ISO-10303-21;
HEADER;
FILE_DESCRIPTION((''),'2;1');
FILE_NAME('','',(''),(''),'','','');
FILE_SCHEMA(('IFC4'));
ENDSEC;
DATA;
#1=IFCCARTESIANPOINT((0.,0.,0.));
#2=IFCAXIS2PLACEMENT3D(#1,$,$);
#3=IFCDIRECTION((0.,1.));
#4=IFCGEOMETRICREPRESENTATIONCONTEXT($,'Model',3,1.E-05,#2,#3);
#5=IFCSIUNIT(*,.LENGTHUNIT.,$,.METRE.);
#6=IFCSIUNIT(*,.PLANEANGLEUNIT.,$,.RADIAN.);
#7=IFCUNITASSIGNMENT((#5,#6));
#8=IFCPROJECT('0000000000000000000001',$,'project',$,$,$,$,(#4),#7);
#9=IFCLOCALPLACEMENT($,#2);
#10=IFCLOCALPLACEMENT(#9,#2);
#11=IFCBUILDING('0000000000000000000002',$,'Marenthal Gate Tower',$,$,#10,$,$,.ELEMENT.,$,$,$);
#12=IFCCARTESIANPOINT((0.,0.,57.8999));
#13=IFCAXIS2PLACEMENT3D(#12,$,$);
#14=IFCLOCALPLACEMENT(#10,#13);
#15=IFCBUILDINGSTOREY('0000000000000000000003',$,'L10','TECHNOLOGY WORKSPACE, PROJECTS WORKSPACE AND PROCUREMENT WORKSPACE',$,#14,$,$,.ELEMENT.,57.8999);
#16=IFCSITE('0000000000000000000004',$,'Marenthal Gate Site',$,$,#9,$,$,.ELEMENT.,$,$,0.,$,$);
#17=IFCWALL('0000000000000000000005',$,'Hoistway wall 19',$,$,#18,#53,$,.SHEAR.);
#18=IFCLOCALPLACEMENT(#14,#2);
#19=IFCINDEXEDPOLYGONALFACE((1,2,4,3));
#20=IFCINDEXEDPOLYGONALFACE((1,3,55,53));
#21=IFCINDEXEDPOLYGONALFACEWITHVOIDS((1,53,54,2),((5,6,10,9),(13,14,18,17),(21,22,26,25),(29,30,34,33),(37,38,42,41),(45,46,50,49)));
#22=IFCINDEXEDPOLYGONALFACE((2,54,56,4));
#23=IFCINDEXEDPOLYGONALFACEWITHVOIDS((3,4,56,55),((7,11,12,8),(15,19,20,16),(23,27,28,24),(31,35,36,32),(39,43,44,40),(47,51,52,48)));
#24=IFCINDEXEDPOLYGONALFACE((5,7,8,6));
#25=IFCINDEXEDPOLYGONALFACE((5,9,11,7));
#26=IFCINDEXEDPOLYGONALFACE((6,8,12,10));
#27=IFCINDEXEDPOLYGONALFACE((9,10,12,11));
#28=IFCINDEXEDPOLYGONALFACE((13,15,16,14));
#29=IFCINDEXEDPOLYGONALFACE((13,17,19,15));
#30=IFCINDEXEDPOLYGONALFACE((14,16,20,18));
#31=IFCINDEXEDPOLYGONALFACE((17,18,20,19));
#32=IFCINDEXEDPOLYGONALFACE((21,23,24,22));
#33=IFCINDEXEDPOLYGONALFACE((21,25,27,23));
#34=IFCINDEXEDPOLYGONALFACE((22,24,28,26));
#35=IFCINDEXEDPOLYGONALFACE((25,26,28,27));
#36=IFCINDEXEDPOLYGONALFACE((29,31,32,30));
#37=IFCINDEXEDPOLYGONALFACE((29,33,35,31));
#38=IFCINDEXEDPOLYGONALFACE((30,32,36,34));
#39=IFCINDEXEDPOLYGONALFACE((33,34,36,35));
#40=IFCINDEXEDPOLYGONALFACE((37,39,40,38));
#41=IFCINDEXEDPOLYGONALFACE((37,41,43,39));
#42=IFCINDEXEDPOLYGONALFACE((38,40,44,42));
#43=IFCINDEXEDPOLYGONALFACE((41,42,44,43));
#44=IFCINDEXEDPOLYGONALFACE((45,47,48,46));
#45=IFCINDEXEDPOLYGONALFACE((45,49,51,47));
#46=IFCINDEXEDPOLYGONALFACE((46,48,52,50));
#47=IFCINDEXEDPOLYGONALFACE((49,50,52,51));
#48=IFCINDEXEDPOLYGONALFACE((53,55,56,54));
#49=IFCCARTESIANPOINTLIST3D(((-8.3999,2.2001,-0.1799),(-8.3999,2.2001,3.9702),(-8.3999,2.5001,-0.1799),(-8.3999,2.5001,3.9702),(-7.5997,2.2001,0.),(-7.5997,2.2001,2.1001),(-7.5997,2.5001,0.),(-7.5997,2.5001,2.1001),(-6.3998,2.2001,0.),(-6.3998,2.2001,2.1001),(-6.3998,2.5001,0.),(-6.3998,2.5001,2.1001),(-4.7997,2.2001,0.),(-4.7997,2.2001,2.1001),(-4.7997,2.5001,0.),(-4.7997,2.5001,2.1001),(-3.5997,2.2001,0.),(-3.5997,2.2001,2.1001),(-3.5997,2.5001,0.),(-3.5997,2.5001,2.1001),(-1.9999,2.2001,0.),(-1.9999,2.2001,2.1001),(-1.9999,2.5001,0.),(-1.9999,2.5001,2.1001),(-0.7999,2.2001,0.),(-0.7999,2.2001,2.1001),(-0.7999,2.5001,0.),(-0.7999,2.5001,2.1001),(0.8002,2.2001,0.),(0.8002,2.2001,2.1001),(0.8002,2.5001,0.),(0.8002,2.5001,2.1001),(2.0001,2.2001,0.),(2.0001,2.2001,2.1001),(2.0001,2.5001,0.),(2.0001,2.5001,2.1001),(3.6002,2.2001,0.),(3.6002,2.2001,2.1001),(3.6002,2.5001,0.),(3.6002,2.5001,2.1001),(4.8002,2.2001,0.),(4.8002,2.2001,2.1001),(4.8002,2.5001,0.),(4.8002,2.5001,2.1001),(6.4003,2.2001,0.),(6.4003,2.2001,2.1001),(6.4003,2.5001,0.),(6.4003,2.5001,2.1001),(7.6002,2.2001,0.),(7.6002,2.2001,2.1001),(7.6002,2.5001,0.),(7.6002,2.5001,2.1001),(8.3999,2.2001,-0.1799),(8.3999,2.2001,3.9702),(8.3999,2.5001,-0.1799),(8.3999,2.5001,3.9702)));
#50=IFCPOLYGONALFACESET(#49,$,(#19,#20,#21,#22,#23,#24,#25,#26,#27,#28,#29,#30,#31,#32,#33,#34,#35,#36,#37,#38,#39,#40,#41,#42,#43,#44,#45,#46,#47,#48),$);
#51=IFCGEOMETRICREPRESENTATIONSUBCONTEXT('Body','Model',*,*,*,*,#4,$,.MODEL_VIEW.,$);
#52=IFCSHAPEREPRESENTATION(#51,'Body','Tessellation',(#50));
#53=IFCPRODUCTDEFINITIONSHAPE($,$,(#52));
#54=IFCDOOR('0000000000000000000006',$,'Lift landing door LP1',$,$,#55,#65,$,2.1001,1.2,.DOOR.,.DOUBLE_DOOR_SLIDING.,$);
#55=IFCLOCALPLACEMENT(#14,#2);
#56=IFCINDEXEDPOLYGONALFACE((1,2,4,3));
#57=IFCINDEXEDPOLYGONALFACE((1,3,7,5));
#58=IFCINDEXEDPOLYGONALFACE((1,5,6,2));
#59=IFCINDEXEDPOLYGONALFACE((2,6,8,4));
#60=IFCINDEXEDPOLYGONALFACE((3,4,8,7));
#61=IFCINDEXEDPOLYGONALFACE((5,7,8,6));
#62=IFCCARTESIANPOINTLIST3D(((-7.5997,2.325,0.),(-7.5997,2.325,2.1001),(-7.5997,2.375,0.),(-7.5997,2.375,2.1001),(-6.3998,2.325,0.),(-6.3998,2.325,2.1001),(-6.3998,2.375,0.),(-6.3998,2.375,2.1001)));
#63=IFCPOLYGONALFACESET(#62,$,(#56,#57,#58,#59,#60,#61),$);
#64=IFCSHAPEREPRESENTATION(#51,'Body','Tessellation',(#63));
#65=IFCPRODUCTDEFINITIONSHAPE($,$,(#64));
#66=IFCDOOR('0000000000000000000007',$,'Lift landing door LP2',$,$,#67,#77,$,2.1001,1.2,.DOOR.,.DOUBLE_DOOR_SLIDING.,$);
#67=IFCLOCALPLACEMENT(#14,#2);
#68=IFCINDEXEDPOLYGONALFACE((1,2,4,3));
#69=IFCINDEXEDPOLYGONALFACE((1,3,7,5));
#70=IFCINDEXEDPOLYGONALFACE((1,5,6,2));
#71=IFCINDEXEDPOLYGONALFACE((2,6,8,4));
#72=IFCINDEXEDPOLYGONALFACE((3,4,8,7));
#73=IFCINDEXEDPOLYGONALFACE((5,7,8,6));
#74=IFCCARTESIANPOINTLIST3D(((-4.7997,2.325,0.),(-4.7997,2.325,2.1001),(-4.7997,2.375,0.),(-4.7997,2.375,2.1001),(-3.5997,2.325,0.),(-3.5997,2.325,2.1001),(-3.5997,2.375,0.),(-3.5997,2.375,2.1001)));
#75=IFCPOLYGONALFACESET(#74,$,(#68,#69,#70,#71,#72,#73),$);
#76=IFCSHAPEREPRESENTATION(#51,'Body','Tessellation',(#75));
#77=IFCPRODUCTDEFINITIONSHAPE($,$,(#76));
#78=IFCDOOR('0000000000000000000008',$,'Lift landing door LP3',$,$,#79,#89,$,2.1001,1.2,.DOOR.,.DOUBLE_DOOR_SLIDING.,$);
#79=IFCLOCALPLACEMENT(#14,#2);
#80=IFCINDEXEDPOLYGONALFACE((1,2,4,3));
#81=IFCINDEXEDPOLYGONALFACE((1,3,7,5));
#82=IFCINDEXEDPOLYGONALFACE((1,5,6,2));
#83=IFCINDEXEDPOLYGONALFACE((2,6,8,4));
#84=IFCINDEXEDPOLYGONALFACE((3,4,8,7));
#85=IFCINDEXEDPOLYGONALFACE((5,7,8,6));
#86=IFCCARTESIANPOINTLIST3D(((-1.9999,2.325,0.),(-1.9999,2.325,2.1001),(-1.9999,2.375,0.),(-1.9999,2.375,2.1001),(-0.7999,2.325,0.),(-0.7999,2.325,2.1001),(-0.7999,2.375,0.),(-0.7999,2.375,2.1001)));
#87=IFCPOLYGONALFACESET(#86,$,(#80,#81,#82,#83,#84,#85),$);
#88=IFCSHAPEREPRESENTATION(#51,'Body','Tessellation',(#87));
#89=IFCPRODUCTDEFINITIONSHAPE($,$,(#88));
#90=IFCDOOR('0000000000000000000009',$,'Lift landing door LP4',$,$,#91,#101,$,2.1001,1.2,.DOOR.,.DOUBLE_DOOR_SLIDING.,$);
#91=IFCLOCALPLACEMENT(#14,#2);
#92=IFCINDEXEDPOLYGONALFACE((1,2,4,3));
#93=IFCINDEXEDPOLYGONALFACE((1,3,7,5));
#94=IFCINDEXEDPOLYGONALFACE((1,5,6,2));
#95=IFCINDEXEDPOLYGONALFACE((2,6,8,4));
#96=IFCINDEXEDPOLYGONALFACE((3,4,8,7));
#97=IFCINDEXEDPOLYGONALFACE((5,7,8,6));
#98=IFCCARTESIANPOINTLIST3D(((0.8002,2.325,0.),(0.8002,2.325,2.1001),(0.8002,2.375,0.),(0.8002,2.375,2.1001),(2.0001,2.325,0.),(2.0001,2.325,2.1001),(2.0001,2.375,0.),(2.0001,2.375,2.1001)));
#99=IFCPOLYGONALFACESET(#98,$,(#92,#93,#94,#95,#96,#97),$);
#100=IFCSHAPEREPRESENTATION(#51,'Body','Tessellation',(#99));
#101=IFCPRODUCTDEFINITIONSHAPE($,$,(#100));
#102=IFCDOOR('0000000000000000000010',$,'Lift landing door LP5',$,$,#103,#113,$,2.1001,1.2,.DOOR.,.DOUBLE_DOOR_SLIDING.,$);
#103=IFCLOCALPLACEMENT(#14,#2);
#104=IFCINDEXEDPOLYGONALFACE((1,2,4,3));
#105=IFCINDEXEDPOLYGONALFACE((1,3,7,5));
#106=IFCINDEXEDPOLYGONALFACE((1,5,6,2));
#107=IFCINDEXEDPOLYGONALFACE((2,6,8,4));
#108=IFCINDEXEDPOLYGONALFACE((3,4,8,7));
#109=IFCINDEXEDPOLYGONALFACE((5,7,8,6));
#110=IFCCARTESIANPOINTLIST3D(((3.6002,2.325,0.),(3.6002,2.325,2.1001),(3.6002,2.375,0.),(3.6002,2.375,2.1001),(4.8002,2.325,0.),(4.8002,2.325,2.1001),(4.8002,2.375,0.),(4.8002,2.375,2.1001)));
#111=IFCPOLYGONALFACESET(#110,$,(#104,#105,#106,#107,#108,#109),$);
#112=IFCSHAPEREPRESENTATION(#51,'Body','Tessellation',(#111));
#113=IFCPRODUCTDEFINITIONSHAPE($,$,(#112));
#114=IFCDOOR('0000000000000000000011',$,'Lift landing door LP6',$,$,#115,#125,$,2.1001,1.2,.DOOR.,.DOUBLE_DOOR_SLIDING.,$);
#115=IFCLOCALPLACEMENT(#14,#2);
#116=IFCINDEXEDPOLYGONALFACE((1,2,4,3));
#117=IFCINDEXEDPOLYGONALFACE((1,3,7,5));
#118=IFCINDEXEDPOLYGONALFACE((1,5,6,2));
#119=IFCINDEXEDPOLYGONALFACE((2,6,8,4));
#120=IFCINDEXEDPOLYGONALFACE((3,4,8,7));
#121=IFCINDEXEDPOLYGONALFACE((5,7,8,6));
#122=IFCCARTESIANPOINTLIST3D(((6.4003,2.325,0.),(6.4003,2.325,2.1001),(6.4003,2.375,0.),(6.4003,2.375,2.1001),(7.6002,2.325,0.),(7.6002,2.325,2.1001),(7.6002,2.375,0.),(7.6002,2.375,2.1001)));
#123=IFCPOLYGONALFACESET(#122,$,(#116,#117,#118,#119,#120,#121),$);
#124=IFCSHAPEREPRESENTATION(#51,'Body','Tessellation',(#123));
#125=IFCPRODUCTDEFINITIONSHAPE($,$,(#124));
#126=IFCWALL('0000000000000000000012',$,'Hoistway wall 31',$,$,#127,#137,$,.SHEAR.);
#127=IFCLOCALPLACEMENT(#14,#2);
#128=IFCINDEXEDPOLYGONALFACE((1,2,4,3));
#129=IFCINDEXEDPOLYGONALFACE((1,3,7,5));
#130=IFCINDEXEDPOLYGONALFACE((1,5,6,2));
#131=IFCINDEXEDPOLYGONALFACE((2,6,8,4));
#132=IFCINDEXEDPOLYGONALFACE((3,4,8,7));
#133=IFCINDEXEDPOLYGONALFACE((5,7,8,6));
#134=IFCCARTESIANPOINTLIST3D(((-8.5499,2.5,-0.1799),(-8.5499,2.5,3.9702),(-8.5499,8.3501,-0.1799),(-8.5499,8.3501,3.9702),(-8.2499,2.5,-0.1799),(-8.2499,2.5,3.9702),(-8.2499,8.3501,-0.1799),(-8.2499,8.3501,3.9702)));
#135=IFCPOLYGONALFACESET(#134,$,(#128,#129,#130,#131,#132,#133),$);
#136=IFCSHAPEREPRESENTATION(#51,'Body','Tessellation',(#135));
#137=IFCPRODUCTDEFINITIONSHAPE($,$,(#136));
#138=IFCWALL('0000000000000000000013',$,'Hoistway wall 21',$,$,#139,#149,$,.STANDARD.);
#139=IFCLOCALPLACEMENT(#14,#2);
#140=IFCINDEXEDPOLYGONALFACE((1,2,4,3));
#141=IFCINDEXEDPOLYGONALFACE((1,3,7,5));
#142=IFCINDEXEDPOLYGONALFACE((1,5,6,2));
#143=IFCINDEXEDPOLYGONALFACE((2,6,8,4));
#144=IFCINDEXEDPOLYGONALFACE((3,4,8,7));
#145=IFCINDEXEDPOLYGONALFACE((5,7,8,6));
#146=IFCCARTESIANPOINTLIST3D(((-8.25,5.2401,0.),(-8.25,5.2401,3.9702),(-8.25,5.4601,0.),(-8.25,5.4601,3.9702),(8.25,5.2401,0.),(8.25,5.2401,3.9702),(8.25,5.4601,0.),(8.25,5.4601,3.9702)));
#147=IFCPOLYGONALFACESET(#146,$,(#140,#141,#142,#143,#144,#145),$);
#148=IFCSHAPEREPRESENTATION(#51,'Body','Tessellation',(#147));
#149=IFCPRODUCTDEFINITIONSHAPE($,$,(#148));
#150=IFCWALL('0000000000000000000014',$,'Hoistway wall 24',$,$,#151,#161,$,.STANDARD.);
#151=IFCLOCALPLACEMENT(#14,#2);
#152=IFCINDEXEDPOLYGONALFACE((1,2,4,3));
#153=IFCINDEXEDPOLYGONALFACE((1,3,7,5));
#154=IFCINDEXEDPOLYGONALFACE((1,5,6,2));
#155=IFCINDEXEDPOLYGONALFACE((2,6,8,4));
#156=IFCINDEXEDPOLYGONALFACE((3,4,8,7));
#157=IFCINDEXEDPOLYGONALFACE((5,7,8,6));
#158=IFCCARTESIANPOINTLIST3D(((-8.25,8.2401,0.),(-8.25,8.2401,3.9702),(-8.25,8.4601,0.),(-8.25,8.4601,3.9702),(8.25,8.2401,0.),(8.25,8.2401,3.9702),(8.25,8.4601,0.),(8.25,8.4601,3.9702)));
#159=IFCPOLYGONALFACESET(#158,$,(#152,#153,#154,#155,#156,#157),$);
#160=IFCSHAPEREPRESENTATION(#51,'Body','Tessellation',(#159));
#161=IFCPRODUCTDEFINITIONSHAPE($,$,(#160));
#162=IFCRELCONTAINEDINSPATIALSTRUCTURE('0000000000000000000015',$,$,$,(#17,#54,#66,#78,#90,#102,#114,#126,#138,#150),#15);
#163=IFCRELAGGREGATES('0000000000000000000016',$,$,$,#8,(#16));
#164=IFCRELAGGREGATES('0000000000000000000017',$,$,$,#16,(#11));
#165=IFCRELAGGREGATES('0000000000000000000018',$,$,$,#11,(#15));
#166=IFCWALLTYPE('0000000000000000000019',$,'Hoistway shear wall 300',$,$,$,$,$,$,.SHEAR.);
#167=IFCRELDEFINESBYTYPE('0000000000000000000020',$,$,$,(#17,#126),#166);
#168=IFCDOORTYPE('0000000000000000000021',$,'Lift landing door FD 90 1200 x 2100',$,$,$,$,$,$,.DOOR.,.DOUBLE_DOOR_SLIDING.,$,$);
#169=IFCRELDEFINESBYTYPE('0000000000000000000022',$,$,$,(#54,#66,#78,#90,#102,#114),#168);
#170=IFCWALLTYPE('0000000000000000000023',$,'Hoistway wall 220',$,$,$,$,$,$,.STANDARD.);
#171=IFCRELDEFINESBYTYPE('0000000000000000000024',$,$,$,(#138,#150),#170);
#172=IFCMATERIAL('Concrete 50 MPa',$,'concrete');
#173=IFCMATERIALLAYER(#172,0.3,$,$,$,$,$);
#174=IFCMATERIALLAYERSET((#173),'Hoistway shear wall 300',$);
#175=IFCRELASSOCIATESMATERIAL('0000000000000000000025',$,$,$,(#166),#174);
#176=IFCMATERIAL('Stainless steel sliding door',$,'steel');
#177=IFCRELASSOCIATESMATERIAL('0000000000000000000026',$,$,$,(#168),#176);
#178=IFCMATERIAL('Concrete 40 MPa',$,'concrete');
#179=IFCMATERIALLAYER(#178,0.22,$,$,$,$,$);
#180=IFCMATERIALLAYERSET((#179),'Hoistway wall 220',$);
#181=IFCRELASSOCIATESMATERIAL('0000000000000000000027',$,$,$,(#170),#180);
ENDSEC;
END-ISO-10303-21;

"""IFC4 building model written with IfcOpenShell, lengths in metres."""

from ifc_helpers import new_model, si_unit, direction, frame, frame_2d, origin, place, context, subcontext, project, spatial, rectangle, extrude, material, layer, layer_set, type_object, element, fill, save


model = new_model("IFC4")

# Units and contexts
model_context = context("Model", 3, precision=1e-05, world=origin(), true_north=direction((0.0, 1.0)))
body_context = subcontext(model_context, "Body", "Model", "MODEL_VIEW")
ifc_project = project(units=[si_unit("LENGTHUNIT", "METRE"), si_unit("PLANEANGLEUNIT", "RADIAN")], contexts=[model_context])

# Site, building, storey
site_placement = place(None, origin())
site = spatial("IfcSite", under=ifc_project, at=site_placement, Name="Marenthal Gate Site", CompositionType="ELEMENT", RefElevation=0.0)
building_placement = place(site_placement, origin())
building = spatial("IfcBuilding", under=site, at=building_placement, Name="Marenthal Gate Tower", CompositionType="ELEMENT")
storey_placement = place(building_placement, frame((0.0, 0.0, 57.8999)))
storey = spatial("IfcBuildingStorey", under=building, at=storey_placement, Name="L10", Description="TECHNOLOGY WORKSPACE, PROJECTS WORKSPACE AND PROCUREMENT WORKSPACE", CompositionType="ELEMENT", Elevation=57.8999)

# Wall, openings, doors
ifc_material_1 = material(Name="Concrete 50 MPa", Category="concrete")
ifc_layer_1 = layer(ifc_material_1, 0.3)
ifc_layer_set_1 = layer_set([ifc_layer_1], Name="Hoistway shear wall 300")
wall_type_1 = type_object("IfcWallType", Name="Hoistway shear wall 300", PredefinedType="SHEAR", material=ifc_layer_set_1)
wall_1_placement = place(storey_placement, frame((-8.3999, 2.3501, -0.1799), z_axis=(0.0, 0.0, 1.0), x_axis=(1.0, 0.0, 0.0)))
wall_1 = element("IfcWall", 1, at=wall_1_placement, inside=storey, type_object=wall_type_1, Name="Hoistway wall 19", PredefinedType="SHEAR", context=body_context, shape_type="SweptSolid", body=[
    extrude(rectangle(XDim=16.7998, YDim=0.3, at=frame_2d((8.3999, 0.0))), origin(), (0.0, 0.0, 1.0), 4.1501),
])
opening_1_placement = place(wall_1_placement, frame((0.8, 0.0, 0.1799)))
opening_1 = element("IfcOpeningElement", 2, at=opening_1_placement, cuts=wall_1, PredefinedType="OPENING", context=body_context, shape_type="SweptSolid", body=[
    extrude(rectangle(XDim=1.2, YDim=2.1001, at=frame_2d((0.6001, 1.05))), frame((0.0, 0.1602, 0.0), z_axis=(0.0, -1.0, 0.0), x_axis=(1.0, 0.0, 0.0)), (0.0, 0.0, 1.0), 0.3201),
])
opening_2_placement = place(wall_1_placement, frame((3.6001, 0.0, 0.1799)))
opening_2 = element("IfcOpeningElement", 3, at=opening_2_placement, cuts=wall_1, PredefinedType="OPENING", context=body_context, shape_type="SweptSolid", body=[
    extrude(rectangle(XDim=1.2, YDim=2.1001, at=frame_2d((0.6001, 1.05))), frame((0.0, 0.1602, 0.0), z_axis=(0.0, -1.0, 0.0), x_axis=(1.0, 0.0, 0.0)), (0.0, 0.0, 1.0), 0.3201),
])
opening_3_placement = place(wall_1_placement, frame((6.3999, 0.0, 0.1799)))
opening_3 = element("IfcOpeningElement", 4, at=opening_3_placement, cuts=wall_1, PredefinedType="OPENING", context=body_context, shape_type="SweptSolid", body=[
    extrude(rectangle(XDim=1.2, YDim=2.1001, at=frame_2d((0.6001, 1.05))), frame((0.0, 0.1602, 0.0), z_axis=(0.0, -1.0, 0.0), x_axis=(1.0, 0.0, 0.0)), (0.0, 0.0, 1.0), 0.3201),
])
opening_4_placement = place(wall_1_placement, frame((9.2, 0.0, 0.1799)))
opening_4 = element("IfcOpeningElement", 5, at=opening_4_placement, cuts=wall_1, PredefinedType="OPENING", context=body_context, shape_type="SweptSolid", body=[
    extrude(rectangle(XDim=1.2, YDim=2.1001, at=frame_2d((0.6001, 1.05))), frame((0.0, 0.1602, 0.0), z_axis=(0.0, -1.0, 0.0), x_axis=(1.0, 0.0, 0.0)), (0.0, 0.0, 1.0), 0.3201),
])
opening_5_placement = place(wall_1_placement, frame((12.0, 0.0, 0.1799)))
opening_5 = element("IfcOpeningElement", 6, at=opening_5_placement, cuts=wall_1, PredefinedType="OPENING", context=body_context, shape_type="SweptSolid", body=[
    extrude(rectangle(XDim=1.2, YDim=2.1001, at=frame_2d((0.6001, 1.05))), frame((0.0, 0.1602, 0.0), z_axis=(0.0, -1.0, 0.0), x_axis=(1.0, 0.0, 0.0)), (0.0, 0.0, 1.0), 0.3201),
])
opening_6_placement = place(wall_1_placement, frame((14.8, 0.0, 0.1799)))
opening_6 = element("IfcOpeningElement", 7, at=opening_6_placement, cuts=wall_1, PredefinedType="OPENING", context=body_context, shape_type="SweptSolid", body=[
    extrude(rectangle(XDim=1.2, YDim=2.1001, at=frame_2d((0.6001, 1.05))), frame((0.0, 0.1602, 0.0), z_axis=(0.0, -1.0, 0.0), x_axis=(1.0, 0.0, 0.0)), (0.0, 0.0, 1.0), 0.3201),
])
ifc_material_2 = material(Name="Stainless steel sliding door", Category="steel")
door_type_1 = type_object("IfcDoorType", Name="Lift landing door FD 90 1200 x 2100", OperationType="DOUBLE_DOOR_SLIDING", PredefinedType="DOOR", material=ifc_material_2)
door_1_placement = place(opening_1_placement, origin())
door_1 = element("IfcDoor", 8, at=door_1_placement, inside=storey, type_object=door_type_1, Name="Lift landing door LP1", OperationType="DOUBLE_DOOR_SLIDING", OverallHeight=2.1001, OverallWidth=1.2, PredefinedType="DOOR", context=body_context, shape_type="SweptSolid", body=[
    extrude(rectangle(XDim=1.2, YDim=2.1001, at=frame_2d((0.6001, 1.05))), frame((0.0, 0.0249, 0.0), z_axis=(0.0, -1.0, 0.0), x_axis=(1.0, 0.0, 0.0)), (0.0, 0.0, 1.0), 0.05),
])
fill(opening_1, door_1)
door_2_placement = place(opening_2_placement, origin())
door_2 = element("IfcDoor", 9, at=door_2_placement, inside=storey, type_object=door_type_1, Name="Lift landing door LP2", OperationType="DOUBLE_DOOR_SLIDING", OverallHeight=2.1001, OverallWidth=1.2, PredefinedType="DOOR", context=body_context, shape_type="SweptSolid", body=[
    extrude(rectangle(XDim=1.2, YDim=2.1001, at=frame_2d((0.6001, 1.05))), frame((0.0, 0.0249, 0.0), z_axis=(0.0, -1.0, 0.0), x_axis=(1.0, 0.0, 0.0)), (0.0, 0.0, 1.0), 0.05),
])
fill(opening_2, door_2)
door_3_placement = place(opening_3_placement, origin())
door_3 = element("IfcDoor", 10, at=door_3_placement, inside=storey, type_object=door_type_1, Name="Lift landing door LP3", OperationType="DOUBLE_DOOR_SLIDING", OverallHeight=2.1001, OverallWidth=1.2, PredefinedType="DOOR", context=body_context, shape_type="SweptSolid", body=[
    extrude(rectangle(XDim=1.2, YDim=2.1001, at=frame_2d((0.6001, 1.05))), frame((0.0, 0.0249, 0.0), z_axis=(0.0, -1.0, 0.0), x_axis=(1.0, 0.0, 0.0)), (0.0, 0.0, 1.0), 0.05),
])
fill(opening_3, door_3)
door_4_placement = place(opening_4_placement, origin())
door_4 = element("IfcDoor", 11, at=door_4_placement, inside=storey, type_object=door_type_1, Name="Lift landing door LP4", OperationType="DOUBLE_DOOR_SLIDING", OverallHeight=2.1001, OverallWidth=1.2, PredefinedType="DOOR", context=body_context, shape_type="SweptSolid", body=[
    extrude(rectangle(XDim=1.2, YDim=2.1001, at=frame_2d((0.6001, 1.05))), frame((0.0, 0.0249, 0.0), z_axis=(0.0, -1.0, 0.0), x_axis=(1.0, 0.0, 0.0)), (0.0, 0.0, 1.0), 0.05),
])
fill(opening_4, door_4)
door_5_placement = place(opening_5_placement, origin())
door_5 = element("IfcDoor", 12, at=door_5_placement, inside=storey, type_object=door_type_1, Name="Lift landing door LP5", OperationType="DOUBLE_DOOR_SLIDING", OverallHeight=2.1001, OverallWidth=1.2, PredefinedType="DOOR", context=body_context, shape_type="SweptSolid", body=[
    extrude(rectangle(XDim=1.2, YDim=2.1001, at=frame_2d((0.6001, 1.05))), frame((0.0, 0.0249, 0.0), z_axis=(0.0, -1.0, 0.0), x_axis=(1.0, 0.0, 0.0)), (0.0, 0.0, 1.0), 0.05),
])
fill(opening_5, door_5)
door_6_placement = place(opening_6_placement, origin())
door_6 = element("IfcDoor", 13, at=door_6_placement, inside=storey, type_object=door_type_1, Name="Lift landing door LP6", OperationType="DOUBLE_DOOR_SLIDING", OverallHeight=2.1001, OverallWidth=1.2, PredefinedType="DOOR", context=body_context, shape_type="SweptSolid", body=[
    extrude(rectangle(XDim=1.2, YDim=2.1001, at=frame_2d((0.6001, 1.05))), frame((0.0, 0.0249, 0.0), z_axis=(0.0, -1.0, 0.0), x_axis=(1.0, 0.0, 0.0)), (0.0, 0.0, 1.0), 0.05),
])
fill(opening_6, door_6)

# Walls
wall_2_placement = place(storey_placement, frame((-8.3999, 2.5, -0.1799), z_axis=(0.0, 0.0, 1.0), x_axis=(0.0, 1.0, 0.0)))
element("IfcWall", 14, at=wall_2_placement, inside=storey, type_object=wall_type_1, Name="Hoistway wall 31", PredefinedType="SHEAR", context=body_context, shape_type="SweptSolid", body=[
    extrude(rectangle(XDim=5.8501, YDim=0.3, at=frame_2d((2.925, 0.0))), origin(), (0.0, 0.0, 1.0), 4.1501),
])
ifc_material_3 = material(Name="Concrete 40 MPa", Category="concrete")
ifc_layer_2 = layer(ifc_material_3, 0.22)
ifc_layer_set_2 = layer_set([ifc_layer_2], Name="Hoistway wall 220")
wall_type_2 = type_object("IfcWallType", Name="Hoistway wall 220", PredefinedType="STANDARD", material=ifc_layer_set_2)
for number, where, z_axis, x_axis, name in (
    (15, (-8.25, 5.3501, 0.0), (0.0, 0.0, 1.0), (1.0, 0.0, 0.0), "Hoistway wall 21"),
    (16, (-8.25, 8.3501, 0.0), (0.0, 0.0, 1.0), (1.0, 0.0, 0.0), "Hoistway wall 24"),
):
    element("IfcWall", number, at=place(storey_placement, frame(where, z_axis=z_axis, x_axis=x_axis)), inside=storey, type_object=wall_type_2, Name=name, PredefinedType="STANDARD", context=body_context, shape_type="SweptSolid", body=[
        extrude(rectangle(XDim=16.5, YDim=0.22, at=frame_2d((8.25, 0.0))), origin(), (0.0, 0.0, 1.0), 3.9702),
    ])

save(model, "model.ifc")
